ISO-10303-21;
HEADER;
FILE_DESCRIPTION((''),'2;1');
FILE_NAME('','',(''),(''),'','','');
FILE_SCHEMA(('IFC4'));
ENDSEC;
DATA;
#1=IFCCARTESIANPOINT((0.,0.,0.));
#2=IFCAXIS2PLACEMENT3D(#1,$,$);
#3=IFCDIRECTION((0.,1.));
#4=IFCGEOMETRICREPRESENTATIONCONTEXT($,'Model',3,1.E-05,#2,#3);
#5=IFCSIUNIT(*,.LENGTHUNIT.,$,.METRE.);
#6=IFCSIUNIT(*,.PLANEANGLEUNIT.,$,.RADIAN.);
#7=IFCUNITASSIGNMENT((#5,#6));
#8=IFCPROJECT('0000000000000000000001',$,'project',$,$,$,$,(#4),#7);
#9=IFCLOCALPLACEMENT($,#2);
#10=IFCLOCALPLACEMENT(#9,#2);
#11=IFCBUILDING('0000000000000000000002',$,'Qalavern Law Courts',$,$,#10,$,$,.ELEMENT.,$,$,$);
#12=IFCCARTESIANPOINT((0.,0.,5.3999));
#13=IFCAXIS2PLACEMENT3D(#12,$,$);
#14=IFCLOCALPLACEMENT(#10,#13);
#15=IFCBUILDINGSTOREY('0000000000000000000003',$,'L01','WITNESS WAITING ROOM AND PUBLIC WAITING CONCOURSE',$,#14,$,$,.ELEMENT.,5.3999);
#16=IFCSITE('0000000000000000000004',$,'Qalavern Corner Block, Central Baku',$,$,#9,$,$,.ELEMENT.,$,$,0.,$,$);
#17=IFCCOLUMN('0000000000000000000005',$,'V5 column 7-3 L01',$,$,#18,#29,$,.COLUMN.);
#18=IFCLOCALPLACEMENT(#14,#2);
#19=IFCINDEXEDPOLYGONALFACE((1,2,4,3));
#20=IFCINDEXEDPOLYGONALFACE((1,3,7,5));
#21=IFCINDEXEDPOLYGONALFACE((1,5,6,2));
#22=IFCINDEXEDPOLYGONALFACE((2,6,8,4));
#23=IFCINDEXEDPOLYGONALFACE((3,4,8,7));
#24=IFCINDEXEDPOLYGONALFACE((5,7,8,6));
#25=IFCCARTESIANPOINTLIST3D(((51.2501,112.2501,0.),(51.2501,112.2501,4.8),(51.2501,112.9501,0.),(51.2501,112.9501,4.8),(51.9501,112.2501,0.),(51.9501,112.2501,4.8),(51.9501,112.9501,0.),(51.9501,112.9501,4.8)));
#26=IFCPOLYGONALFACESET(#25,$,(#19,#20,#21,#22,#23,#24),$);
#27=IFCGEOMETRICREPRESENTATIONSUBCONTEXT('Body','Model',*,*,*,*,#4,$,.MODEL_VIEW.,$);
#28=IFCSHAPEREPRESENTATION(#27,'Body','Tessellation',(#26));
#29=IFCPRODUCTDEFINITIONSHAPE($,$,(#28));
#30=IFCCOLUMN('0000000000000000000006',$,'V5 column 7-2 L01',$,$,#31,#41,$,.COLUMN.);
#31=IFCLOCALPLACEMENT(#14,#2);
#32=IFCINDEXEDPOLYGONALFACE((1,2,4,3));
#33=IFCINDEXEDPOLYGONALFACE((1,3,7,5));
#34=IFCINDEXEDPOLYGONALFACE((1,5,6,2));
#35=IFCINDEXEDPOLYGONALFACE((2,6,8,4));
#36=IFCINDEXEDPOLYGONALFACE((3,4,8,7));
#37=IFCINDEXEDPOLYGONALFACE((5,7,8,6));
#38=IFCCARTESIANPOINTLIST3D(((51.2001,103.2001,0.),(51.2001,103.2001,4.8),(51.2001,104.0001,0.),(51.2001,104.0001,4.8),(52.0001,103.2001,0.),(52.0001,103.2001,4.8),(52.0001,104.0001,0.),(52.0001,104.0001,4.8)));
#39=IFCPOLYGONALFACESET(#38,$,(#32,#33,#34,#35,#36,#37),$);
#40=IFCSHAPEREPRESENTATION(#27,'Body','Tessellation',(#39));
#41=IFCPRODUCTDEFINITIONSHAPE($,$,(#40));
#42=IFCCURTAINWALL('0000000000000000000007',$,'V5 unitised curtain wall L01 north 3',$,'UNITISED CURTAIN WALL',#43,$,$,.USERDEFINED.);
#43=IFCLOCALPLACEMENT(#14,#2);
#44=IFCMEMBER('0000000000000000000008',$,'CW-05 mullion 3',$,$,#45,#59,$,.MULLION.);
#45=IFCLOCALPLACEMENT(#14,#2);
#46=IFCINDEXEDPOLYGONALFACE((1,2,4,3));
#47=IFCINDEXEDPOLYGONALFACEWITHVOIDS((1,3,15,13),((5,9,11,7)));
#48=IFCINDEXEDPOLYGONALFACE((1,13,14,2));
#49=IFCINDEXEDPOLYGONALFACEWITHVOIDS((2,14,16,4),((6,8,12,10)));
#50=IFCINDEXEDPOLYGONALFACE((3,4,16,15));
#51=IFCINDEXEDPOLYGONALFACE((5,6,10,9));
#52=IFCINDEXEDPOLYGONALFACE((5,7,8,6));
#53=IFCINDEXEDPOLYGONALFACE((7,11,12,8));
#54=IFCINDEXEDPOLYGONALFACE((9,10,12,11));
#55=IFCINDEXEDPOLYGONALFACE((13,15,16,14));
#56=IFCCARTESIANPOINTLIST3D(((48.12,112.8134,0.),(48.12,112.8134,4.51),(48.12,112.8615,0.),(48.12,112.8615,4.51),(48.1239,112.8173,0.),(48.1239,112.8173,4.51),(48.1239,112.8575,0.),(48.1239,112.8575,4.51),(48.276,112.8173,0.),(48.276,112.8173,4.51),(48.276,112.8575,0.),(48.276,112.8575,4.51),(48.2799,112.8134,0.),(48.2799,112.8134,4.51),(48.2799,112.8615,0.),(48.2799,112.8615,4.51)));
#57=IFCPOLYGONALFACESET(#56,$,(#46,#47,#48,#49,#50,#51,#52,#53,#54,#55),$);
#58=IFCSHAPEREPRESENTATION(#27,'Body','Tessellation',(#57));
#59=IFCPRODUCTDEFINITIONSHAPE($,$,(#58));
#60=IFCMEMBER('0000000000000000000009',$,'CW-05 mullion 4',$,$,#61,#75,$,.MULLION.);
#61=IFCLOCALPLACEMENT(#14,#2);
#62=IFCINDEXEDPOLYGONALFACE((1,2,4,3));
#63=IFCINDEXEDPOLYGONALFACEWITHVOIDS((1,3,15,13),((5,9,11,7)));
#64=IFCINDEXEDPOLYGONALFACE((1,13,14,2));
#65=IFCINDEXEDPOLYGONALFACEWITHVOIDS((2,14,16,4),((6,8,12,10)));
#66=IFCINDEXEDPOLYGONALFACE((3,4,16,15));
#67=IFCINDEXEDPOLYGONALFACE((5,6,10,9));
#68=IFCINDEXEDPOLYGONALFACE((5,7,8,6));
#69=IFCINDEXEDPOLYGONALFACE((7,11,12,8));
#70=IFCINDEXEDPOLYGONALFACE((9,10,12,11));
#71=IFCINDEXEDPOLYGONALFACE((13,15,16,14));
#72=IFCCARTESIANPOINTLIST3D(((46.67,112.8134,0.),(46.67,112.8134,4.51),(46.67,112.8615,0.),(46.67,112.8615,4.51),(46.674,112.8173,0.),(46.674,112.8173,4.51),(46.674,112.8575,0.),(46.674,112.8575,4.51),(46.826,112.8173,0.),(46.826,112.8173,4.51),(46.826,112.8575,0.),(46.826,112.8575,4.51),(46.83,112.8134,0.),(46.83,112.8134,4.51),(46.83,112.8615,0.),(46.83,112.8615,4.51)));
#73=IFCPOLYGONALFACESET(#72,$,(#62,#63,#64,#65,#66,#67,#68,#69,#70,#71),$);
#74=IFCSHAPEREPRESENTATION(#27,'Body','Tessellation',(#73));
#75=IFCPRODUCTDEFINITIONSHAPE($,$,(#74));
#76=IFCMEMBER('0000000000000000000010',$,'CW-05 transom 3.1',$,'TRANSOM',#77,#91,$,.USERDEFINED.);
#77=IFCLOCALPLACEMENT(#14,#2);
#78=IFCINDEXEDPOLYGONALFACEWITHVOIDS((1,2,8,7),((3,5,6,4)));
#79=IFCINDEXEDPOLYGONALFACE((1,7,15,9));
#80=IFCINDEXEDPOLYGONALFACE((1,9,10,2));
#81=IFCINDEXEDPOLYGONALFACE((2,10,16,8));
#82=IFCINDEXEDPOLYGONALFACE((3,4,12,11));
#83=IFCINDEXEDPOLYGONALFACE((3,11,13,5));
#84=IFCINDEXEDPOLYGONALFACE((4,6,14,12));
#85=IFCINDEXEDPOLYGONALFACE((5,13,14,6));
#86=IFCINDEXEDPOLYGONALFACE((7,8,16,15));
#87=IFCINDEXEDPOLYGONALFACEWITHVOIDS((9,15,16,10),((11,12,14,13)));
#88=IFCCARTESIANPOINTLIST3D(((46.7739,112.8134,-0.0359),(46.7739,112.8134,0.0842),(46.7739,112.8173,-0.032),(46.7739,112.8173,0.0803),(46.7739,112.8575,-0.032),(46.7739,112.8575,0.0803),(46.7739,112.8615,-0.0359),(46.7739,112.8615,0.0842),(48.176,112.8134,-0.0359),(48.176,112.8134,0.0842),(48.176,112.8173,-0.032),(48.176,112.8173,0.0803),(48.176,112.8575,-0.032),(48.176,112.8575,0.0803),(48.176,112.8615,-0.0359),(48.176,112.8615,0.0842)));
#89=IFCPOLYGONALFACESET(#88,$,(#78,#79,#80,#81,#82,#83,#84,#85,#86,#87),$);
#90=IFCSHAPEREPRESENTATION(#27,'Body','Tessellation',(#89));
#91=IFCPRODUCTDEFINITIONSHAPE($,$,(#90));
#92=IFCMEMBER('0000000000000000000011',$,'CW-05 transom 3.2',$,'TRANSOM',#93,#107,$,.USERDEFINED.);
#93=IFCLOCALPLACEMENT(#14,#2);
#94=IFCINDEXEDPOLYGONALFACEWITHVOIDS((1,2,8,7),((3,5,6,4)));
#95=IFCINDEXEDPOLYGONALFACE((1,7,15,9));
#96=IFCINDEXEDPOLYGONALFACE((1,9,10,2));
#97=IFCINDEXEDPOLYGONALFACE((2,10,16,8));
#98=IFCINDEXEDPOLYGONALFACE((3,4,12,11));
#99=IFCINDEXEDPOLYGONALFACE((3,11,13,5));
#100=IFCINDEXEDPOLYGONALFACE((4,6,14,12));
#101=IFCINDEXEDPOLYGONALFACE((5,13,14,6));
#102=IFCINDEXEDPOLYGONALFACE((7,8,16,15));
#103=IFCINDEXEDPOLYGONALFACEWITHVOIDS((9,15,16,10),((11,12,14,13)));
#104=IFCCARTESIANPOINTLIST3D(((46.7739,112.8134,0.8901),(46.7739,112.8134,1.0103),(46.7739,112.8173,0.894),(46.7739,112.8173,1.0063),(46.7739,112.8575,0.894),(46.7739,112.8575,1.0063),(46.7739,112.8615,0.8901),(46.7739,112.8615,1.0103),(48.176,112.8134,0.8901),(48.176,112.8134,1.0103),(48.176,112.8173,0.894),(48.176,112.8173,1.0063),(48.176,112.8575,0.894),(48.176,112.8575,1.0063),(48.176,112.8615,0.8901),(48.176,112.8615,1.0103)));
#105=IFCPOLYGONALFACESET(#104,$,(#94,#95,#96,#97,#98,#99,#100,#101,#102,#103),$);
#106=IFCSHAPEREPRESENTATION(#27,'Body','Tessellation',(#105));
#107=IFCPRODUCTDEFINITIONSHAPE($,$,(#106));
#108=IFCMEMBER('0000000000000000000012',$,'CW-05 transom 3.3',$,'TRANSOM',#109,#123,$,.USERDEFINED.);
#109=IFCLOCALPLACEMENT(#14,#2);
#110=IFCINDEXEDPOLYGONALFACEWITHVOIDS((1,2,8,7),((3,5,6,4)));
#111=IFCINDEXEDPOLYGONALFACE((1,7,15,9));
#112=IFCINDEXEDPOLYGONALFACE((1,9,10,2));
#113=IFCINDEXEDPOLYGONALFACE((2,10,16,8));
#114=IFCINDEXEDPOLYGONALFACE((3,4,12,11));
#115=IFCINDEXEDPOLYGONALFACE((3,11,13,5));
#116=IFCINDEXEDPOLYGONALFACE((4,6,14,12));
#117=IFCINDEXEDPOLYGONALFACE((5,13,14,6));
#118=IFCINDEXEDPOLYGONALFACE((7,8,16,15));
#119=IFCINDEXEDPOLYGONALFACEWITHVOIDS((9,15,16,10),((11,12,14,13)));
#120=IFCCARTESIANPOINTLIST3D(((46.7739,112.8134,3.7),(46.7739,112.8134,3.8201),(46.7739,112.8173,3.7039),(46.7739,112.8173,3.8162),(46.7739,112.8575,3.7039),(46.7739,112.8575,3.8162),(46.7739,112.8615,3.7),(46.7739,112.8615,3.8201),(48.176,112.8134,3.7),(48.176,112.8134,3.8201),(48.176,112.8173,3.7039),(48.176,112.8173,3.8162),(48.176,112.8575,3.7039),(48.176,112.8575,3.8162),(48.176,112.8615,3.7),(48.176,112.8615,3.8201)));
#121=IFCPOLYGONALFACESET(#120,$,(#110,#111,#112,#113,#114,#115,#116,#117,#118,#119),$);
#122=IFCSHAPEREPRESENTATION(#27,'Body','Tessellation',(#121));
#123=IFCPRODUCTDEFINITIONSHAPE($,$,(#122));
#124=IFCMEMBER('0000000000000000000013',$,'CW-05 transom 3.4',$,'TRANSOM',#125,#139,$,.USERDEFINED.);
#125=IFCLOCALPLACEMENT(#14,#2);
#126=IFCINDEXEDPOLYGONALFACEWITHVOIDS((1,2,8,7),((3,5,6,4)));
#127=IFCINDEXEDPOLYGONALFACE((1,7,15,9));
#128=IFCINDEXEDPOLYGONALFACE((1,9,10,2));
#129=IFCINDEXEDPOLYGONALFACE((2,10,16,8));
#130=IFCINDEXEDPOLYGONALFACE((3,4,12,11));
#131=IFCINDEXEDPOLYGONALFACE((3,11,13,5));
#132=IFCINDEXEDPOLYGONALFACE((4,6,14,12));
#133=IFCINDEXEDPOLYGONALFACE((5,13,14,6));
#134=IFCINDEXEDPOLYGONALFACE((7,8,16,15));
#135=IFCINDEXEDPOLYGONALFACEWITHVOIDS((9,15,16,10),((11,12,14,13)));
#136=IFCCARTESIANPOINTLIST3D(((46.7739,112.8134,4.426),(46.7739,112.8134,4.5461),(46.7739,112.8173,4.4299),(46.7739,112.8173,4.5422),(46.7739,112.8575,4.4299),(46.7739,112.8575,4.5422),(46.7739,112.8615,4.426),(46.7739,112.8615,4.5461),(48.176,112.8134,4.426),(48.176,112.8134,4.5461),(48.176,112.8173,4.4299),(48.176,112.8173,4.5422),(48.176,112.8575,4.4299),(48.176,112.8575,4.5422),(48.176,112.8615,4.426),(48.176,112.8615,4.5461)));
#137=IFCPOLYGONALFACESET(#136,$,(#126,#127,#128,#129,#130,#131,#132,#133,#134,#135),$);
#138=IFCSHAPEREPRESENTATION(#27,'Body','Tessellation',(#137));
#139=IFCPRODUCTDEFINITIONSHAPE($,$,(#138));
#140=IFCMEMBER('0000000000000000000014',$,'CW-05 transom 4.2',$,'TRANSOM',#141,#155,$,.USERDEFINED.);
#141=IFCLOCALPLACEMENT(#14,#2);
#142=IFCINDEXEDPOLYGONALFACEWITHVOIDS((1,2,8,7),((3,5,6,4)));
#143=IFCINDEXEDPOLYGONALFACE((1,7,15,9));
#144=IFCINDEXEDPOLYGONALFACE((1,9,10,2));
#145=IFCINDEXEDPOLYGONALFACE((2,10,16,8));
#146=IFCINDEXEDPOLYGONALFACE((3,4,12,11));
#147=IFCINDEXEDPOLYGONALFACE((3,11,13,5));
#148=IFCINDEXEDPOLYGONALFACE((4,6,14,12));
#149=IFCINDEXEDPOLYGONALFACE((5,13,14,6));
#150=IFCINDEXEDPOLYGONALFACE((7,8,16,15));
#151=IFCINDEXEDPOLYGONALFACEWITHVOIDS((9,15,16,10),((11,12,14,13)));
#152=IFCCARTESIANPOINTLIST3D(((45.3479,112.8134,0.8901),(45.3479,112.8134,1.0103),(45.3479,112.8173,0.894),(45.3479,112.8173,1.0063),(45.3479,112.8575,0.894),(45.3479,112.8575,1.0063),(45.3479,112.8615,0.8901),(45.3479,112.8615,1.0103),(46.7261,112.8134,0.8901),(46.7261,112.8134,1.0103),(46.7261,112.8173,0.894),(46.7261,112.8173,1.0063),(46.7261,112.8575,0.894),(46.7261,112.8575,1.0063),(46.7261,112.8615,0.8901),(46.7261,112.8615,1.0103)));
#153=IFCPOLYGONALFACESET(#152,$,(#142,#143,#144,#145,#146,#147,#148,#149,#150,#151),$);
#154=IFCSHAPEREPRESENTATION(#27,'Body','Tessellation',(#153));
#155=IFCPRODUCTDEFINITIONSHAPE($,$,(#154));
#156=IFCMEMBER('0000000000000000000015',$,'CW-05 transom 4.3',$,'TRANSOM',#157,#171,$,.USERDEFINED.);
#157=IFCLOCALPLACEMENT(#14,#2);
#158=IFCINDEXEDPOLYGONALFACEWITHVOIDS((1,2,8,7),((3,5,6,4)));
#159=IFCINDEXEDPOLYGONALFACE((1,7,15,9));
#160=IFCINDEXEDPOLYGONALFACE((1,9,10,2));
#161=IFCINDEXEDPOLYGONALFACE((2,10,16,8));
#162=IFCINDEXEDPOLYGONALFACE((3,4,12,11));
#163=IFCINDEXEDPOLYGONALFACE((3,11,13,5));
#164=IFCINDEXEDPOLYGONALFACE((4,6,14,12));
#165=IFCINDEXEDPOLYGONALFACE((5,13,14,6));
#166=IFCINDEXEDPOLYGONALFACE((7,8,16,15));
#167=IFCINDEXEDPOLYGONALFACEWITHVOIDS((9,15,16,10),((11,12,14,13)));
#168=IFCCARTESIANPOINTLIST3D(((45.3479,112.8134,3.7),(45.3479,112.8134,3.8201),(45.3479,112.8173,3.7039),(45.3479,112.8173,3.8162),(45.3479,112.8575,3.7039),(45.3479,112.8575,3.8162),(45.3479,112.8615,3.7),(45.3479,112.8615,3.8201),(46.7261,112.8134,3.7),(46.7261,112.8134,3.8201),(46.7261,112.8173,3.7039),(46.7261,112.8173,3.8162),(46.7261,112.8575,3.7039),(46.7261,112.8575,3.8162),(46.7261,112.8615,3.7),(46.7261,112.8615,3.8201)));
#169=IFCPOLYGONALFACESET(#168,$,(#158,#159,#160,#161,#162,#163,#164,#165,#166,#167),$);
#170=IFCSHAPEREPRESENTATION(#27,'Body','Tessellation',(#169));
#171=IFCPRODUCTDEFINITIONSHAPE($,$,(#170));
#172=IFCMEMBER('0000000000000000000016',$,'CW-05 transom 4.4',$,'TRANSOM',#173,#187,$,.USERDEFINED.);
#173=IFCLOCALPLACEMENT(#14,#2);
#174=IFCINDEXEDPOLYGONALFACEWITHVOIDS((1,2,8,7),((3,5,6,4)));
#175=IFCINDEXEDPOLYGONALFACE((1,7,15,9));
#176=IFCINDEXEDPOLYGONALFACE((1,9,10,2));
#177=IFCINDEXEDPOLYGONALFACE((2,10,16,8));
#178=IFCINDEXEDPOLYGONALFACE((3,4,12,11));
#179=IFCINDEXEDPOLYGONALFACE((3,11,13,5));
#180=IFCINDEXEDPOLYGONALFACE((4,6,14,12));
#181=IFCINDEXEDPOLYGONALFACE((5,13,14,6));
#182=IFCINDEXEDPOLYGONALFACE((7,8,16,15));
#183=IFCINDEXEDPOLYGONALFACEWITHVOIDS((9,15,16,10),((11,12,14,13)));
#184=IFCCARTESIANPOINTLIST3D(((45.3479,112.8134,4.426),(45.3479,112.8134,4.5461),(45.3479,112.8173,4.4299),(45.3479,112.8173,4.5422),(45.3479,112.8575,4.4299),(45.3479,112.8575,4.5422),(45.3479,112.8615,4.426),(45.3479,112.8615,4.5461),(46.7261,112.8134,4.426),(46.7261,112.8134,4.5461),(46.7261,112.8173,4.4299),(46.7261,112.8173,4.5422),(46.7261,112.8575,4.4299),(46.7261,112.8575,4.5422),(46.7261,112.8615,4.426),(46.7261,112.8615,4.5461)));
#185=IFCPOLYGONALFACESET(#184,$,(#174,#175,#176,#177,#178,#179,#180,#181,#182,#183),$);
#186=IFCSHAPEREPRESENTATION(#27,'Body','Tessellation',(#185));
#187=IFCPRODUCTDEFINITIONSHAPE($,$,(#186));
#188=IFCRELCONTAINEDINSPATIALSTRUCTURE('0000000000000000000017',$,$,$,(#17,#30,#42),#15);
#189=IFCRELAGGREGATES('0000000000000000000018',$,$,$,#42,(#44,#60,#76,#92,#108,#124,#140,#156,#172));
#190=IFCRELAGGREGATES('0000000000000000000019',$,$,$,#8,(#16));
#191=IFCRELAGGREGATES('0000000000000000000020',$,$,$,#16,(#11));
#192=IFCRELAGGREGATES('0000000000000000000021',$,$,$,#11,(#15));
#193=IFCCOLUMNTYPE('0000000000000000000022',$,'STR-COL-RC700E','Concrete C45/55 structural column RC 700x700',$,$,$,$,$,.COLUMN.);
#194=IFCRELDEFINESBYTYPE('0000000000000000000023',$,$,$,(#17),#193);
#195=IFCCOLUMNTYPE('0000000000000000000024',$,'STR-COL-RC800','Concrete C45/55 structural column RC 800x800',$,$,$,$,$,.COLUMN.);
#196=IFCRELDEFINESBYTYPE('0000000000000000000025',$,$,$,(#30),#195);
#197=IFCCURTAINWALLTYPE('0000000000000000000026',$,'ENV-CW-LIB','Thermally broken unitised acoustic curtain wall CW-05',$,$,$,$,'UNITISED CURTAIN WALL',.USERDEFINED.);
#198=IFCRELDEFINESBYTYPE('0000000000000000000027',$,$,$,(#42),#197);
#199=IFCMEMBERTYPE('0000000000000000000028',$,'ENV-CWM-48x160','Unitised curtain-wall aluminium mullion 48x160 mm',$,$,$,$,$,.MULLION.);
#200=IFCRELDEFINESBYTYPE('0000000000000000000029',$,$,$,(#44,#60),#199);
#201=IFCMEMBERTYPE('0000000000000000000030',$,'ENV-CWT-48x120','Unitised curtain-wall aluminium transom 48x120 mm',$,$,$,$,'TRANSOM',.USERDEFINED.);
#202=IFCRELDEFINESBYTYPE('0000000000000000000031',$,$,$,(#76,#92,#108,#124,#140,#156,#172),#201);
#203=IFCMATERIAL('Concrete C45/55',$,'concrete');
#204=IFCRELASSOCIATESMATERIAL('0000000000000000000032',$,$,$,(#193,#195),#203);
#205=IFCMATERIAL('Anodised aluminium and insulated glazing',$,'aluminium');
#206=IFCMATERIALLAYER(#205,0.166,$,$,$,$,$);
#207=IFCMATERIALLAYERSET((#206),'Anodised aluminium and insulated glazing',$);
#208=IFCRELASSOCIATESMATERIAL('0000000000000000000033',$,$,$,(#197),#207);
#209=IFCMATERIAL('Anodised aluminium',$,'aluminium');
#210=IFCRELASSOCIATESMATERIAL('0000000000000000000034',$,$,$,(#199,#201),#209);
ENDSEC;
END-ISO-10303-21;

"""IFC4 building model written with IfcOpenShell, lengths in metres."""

from ifc_helpers import new_model, si_unit, direction, frame, origin, origin_2d, place, context, subcontext, project, spatial, rectangle, hollow_rectangle, extrude, material, layer, layer_set, material_profile, profile_set, type_object, element, aggregate, save


model = new_model("IFC4")

# Units and contexts
model_context = context("Model", 3, precision=1e-05, world=origin(), true_north=direction((0.0, 1.0)))
body_context = subcontext(model_context, "Body", "Model", "MODEL_VIEW")
ifc_project = project(units=[si_unit("LENGTHUNIT", "METRE"), si_unit("PLANEANGLEUNIT", "RADIAN")], contexts=[model_context])

# Site, building, storey
site_placement = place(None, origin())
site = spatial("IfcSite", under=ifc_project, at=site_placement, Name="Qalavern Corner Block, Central Baku", CompositionType="ELEMENT", RefElevation=0.0)
building_placement = place(site_placement, origin())
building = spatial("IfcBuilding", under=site, at=building_placement, Name="Qalavern Law Courts", CompositionType="ELEMENT")
storey_placement = place(building_placement, frame((0.0, 0.0, 5.3999)))
storey = spatial("IfcBuildingStorey", under=building, at=storey_placement, Name="L01", Description="WITNESS WAITING ROOM AND PUBLIC WAITING CONCOURSE", CompositionType="ELEMENT", Elevation=5.3999)

# Columns
ifc_material_1 = material(Name="Concrete C45/55", Category="concrete")
ifc_material_profile_1 = material_profile(ifc_material_1, rectangle(XDim=0.7, YDim=0.7, at=origin_2d()), Name="RC 700x700")
ifc_profile_set_1 = profile_set([ifc_material_profile_1], Name="Concrete C45/55")
column_type_1 = type_object("IfcColumnType", Name="STR-COL-RC700E", Description="Concrete C45/55 structural column RC 700x700", PredefinedType="COLUMN", material=ifc_profile_set_1)
column_1_placement = place(storey_placement, frame((51.6001, 112.6001, 0.0), z_axis=(0.0, 0.0, 1.0), x_axis=(1.0, 0.0, 0.0)))
element("IfcColumn", 1, at=column_1_placement, inside=storey, type_object=column_type_1, Name="V5 column 7-3 L01", PredefinedType="COLUMN", context=body_context, shape_type="SweptSolid", body=[
    extrude(rectangle(XDim=0.7, YDim=0.7, at=origin_2d()), origin(), (0.0, 0.0, 1.0), 4.8),
])
ifc_material_profile_2 = material_profile(ifc_material_1, rectangle(XDim=0.8, YDim=0.8, at=origin_2d()), Name="RC 800x800")
ifc_profile_set_2 = profile_set([ifc_material_profile_2], Name="Concrete C45/55")
column_type_2 = type_object("IfcColumnType", Name="STR-COL-RC800", Description="Concrete C45/55 structural column RC 800x800", PredefinedType="COLUMN", material=ifc_profile_set_2)
column_2_placement = place(storey_placement, frame((51.6001, 103.6001, 0.0), z_axis=(0.0, 0.0, 1.0), x_axis=(1.0, 0.0, 0.0)))
element("IfcColumn", 2, at=column_2_placement, inside=storey, type_object=column_type_2, Name="V5 column 7-2 L01", PredefinedType="COLUMN", context=body_context, shape_type="SweptSolid", body=[
    extrude(rectangle(XDim=0.8, YDim=0.8, at=origin_2d()), origin(), (0.0, 0.0, 1.0), 4.8),
])

# Curtain wall, members
ifc_material_2 = material(Name="Anodised aluminium and insulated glazing", Category="aluminium")
ifc_layer_1 = layer(ifc_material_2, 0.166)
ifc_layer_set_1 = layer_set([ifc_layer_1], Name="Anodised aluminium and insulated glazing")
curtain_wall_type = type_object("IfcCurtainWallType", Name="ENV-CW-LIB", Description="Thermally broken unitised acoustic curtain wall CW-05", ElementType="UNITISED CURTAIN WALL", PredefinedType="USERDEFINED", material=ifc_layer_set_1)
curtain_wall_placement = place(storey_placement, origin())
curtain_wall = element("IfcCurtainWall", 3, at=curtain_wall_placement, inside=storey, type_object=curtain_wall_type, Name="V5 unitised curtain wall L01 north 3", ObjectType="UNITISED CURTAIN WALL", PredefinedType="USERDEFINED")
ifc_material_3 = material(Name="Anodised aluminium", Category="aluminium")
ifc_material_profile_3 = material_profile(ifc_material_3, hollow_rectangle(XDim=0.0481, YDim=0.1599, WallThickness=0.0039, at=origin_2d()), Name="ALU MULLION 48x160")
ifc_profile_set_3 = profile_set([ifc_material_profile_3], Name="Anodised aluminium")
member_type_1 = type_object("IfcMemberType", Name="ENV-CWM-48x160", Description="Unitised curtain-wall aluminium mullion 48x160 mm", PredefinedType="MULLION", material=ifc_profile_set_3)
member_1_placement = place(storey_placement, frame((48.2, 112.8374, 0.0), z_axis=(0.0, 0.0, 1.0), x_axis=(0.0, -1.0, 0.0)))
member_1 = element("IfcMember", 4, at=member_1_placement, type_object=member_type_1, Name="CW-05 mullion 3", PredefinedType="MULLION", context=body_context, shape_type="SweptSolid", body=[
    extrude(hollow_rectangle(XDim=0.0481, YDim=0.1599, WallThickness=0.0039, at=origin_2d()), origin(), (0.0, 0.0, 1.0), 4.51),
])
member_2_placement = place(storey_placement, frame((46.75, 112.8374, 0.0), z_axis=(0.0, 0.0, 1.0), x_axis=(0.0, -1.0, 0.0)))
member_2 = element("IfcMember", 5, at=member_2_placement, type_object=member_type_1, Name="CW-05 mullion 4", PredefinedType="MULLION", context=body_context, shape_type="SweptSolid", body=[
    extrude(hollow_rectangle(XDim=0.0481, YDim=0.1599, WallThickness=0.0039, at=origin_2d()), origin(), (0.0, 0.0, 1.0), 4.51),
])
ifc_material_profile_4 = material_profile(ifc_material_3, hollow_rectangle(XDim=0.0481, YDim=0.1201, WallThickness=0.0039, at=origin_2d()), Name="ALU TRANSOM 48x120")
ifc_profile_set_4 = profile_set([ifc_material_profile_4], Name="Anodised aluminium")
member_type_2 = type_object("IfcMemberType", Name="ENV-CWT-48x120", Description="Unitised curtain-wall aluminium transom 48x120 mm", ElementType="TRANSOM", PredefinedType="USERDEFINED", material=ifc_profile_set_4)
member_3_placement = place(storey_placement, frame((48.176, 112.8374, 0.0242), z_axis=(-1.0, 0.0, 0.0), x_axis=(0.0, -1.0, 0.0)))
member_3 = element("IfcMember", 6, at=member_3_placement, type_object=member_type_2, Name="CW-05 transom 3.1", ObjectType="TRANSOM", PredefinedType="USERDEFINED", context=body_context, shape_type="SweptSolid", body=[
    extrude(hollow_rectangle(XDim=0.0481, YDim=0.1201, WallThickness=0.0039, at=origin_2d()), origin(), (0.0, 0.0, 1.0), 1.4021),
])
member_4_placement = place(storey_placement, frame((48.176, 112.8374, 0.9502), z_axis=(-1.0, 0.0, 0.0), x_axis=(0.0, -1.0, 0.0)))
member_4 = element("IfcMember", 7, at=member_4_placement, type_object=member_type_2, Name="CW-05 transom 3.2", ObjectType="TRANSOM", PredefinedType="USERDEFINED", context=body_context, shape_type="SweptSolid", body=[
    extrude(hollow_rectangle(XDim=0.0481, YDim=0.1201, WallThickness=0.0039, at=origin_2d()), origin(), (0.0, 0.0, 1.0), 1.4021),
])
member_5_placement = place(storey_placement, frame((48.176, 112.8374, 3.76), z_axis=(-1.0, 0.0, 0.0), x_axis=(0.0, -1.0, 0.0)))
member_5 = element("IfcMember", 8, at=member_5_placement, type_object=member_type_2, Name="CW-05 transom 3.3", ObjectType="TRANSOM", PredefinedType="USERDEFINED", context=body_context, shape_type="SweptSolid", body=[
    extrude(hollow_rectangle(XDim=0.0481, YDim=0.1201, WallThickness=0.0039, at=origin_2d()), origin(), (0.0, 0.0, 1.0), 1.4021),
])
member_6_placement = place(storey_placement, frame((48.176, 112.8374, 4.4861), z_axis=(-1.0, 0.0, 0.0), x_axis=(0.0, -1.0, 0.0)))
member_6 = element("IfcMember", 9, at=member_6_placement, type_object=member_type_2, Name="CW-05 transom 3.4", ObjectType="TRANSOM", PredefinedType="USERDEFINED", context=body_context, shape_type="SweptSolid", body=[
    extrude(hollow_rectangle(XDim=0.0481, YDim=0.1201, WallThickness=0.0039, at=origin_2d()), origin(), (0.0, 0.0, 1.0), 1.4021),
])
member_7_placement = place(storey_placement, frame((46.7261, 112.8374, 0.9502), z_axis=(-1.0, 0.0, 0.0), x_axis=(0.0, -1.0, 0.0)))
member_7 = element("IfcMember", 10, at=member_7_placement, type_object=member_type_2, Name="CW-05 transom 4.2", ObjectType="TRANSOM", PredefinedType="USERDEFINED", context=body_context, shape_type="SweptSolid", body=[
    extrude(hollow_rectangle(XDim=0.0481, YDim=0.1201, WallThickness=0.0039, at=origin_2d()), origin(), (0.0, 0.0, 1.0), 1.3782),
])
member_8_placement = place(storey_placement, frame((46.7261, 112.8374, 3.76), z_axis=(-1.0, 0.0, 0.0), x_axis=(0.0, -1.0, 0.0)))
member_8 = element("IfcMember", 11, at=member_8_placement, type_object=member_type_2, Name="CW-05 transom 4.3", ObjectType="TRANSOM", PredefinedType="USERDEFINED", context=body_context, shape_type="SweptSolid", body=[
    extrude(hollow_rectangle(XDim=0.0481, YDim=0.1201, WallThickness=0.0039, at=origin_2d()), origin(), (0.0, 0.0, 1.0), 1.3782),
])
member_9_placement = place(storey_placement, frame((46.7261, 112.8374, 4.4861), z_axis=(-1.0, 0.0, 0.0), x_axis=(0.0, -1.0, 0.0)))
member_9 = element("IfcMember", 12, at=member_9_placement, type_object=member_type_2, Name="CW-05 transom 4.4", ObjectType="TRANSOM", PredefinedType="USERDEFINED", context=body_context, shape_type="SweptSolid", body=[
    extrude(hollow_rectangle(XDim=0.0481, YDim=0.1201, WallThickness=0.0039, at=origin_2d()), origin(), (0.0, 0.0, 1.0), 1.3782),
])

aggregate(curtain_wall, [member_1, member_2, member_3, member_4, member_5, member_6, member_7, member_8, member_9])

save(model, "model.ifc")
